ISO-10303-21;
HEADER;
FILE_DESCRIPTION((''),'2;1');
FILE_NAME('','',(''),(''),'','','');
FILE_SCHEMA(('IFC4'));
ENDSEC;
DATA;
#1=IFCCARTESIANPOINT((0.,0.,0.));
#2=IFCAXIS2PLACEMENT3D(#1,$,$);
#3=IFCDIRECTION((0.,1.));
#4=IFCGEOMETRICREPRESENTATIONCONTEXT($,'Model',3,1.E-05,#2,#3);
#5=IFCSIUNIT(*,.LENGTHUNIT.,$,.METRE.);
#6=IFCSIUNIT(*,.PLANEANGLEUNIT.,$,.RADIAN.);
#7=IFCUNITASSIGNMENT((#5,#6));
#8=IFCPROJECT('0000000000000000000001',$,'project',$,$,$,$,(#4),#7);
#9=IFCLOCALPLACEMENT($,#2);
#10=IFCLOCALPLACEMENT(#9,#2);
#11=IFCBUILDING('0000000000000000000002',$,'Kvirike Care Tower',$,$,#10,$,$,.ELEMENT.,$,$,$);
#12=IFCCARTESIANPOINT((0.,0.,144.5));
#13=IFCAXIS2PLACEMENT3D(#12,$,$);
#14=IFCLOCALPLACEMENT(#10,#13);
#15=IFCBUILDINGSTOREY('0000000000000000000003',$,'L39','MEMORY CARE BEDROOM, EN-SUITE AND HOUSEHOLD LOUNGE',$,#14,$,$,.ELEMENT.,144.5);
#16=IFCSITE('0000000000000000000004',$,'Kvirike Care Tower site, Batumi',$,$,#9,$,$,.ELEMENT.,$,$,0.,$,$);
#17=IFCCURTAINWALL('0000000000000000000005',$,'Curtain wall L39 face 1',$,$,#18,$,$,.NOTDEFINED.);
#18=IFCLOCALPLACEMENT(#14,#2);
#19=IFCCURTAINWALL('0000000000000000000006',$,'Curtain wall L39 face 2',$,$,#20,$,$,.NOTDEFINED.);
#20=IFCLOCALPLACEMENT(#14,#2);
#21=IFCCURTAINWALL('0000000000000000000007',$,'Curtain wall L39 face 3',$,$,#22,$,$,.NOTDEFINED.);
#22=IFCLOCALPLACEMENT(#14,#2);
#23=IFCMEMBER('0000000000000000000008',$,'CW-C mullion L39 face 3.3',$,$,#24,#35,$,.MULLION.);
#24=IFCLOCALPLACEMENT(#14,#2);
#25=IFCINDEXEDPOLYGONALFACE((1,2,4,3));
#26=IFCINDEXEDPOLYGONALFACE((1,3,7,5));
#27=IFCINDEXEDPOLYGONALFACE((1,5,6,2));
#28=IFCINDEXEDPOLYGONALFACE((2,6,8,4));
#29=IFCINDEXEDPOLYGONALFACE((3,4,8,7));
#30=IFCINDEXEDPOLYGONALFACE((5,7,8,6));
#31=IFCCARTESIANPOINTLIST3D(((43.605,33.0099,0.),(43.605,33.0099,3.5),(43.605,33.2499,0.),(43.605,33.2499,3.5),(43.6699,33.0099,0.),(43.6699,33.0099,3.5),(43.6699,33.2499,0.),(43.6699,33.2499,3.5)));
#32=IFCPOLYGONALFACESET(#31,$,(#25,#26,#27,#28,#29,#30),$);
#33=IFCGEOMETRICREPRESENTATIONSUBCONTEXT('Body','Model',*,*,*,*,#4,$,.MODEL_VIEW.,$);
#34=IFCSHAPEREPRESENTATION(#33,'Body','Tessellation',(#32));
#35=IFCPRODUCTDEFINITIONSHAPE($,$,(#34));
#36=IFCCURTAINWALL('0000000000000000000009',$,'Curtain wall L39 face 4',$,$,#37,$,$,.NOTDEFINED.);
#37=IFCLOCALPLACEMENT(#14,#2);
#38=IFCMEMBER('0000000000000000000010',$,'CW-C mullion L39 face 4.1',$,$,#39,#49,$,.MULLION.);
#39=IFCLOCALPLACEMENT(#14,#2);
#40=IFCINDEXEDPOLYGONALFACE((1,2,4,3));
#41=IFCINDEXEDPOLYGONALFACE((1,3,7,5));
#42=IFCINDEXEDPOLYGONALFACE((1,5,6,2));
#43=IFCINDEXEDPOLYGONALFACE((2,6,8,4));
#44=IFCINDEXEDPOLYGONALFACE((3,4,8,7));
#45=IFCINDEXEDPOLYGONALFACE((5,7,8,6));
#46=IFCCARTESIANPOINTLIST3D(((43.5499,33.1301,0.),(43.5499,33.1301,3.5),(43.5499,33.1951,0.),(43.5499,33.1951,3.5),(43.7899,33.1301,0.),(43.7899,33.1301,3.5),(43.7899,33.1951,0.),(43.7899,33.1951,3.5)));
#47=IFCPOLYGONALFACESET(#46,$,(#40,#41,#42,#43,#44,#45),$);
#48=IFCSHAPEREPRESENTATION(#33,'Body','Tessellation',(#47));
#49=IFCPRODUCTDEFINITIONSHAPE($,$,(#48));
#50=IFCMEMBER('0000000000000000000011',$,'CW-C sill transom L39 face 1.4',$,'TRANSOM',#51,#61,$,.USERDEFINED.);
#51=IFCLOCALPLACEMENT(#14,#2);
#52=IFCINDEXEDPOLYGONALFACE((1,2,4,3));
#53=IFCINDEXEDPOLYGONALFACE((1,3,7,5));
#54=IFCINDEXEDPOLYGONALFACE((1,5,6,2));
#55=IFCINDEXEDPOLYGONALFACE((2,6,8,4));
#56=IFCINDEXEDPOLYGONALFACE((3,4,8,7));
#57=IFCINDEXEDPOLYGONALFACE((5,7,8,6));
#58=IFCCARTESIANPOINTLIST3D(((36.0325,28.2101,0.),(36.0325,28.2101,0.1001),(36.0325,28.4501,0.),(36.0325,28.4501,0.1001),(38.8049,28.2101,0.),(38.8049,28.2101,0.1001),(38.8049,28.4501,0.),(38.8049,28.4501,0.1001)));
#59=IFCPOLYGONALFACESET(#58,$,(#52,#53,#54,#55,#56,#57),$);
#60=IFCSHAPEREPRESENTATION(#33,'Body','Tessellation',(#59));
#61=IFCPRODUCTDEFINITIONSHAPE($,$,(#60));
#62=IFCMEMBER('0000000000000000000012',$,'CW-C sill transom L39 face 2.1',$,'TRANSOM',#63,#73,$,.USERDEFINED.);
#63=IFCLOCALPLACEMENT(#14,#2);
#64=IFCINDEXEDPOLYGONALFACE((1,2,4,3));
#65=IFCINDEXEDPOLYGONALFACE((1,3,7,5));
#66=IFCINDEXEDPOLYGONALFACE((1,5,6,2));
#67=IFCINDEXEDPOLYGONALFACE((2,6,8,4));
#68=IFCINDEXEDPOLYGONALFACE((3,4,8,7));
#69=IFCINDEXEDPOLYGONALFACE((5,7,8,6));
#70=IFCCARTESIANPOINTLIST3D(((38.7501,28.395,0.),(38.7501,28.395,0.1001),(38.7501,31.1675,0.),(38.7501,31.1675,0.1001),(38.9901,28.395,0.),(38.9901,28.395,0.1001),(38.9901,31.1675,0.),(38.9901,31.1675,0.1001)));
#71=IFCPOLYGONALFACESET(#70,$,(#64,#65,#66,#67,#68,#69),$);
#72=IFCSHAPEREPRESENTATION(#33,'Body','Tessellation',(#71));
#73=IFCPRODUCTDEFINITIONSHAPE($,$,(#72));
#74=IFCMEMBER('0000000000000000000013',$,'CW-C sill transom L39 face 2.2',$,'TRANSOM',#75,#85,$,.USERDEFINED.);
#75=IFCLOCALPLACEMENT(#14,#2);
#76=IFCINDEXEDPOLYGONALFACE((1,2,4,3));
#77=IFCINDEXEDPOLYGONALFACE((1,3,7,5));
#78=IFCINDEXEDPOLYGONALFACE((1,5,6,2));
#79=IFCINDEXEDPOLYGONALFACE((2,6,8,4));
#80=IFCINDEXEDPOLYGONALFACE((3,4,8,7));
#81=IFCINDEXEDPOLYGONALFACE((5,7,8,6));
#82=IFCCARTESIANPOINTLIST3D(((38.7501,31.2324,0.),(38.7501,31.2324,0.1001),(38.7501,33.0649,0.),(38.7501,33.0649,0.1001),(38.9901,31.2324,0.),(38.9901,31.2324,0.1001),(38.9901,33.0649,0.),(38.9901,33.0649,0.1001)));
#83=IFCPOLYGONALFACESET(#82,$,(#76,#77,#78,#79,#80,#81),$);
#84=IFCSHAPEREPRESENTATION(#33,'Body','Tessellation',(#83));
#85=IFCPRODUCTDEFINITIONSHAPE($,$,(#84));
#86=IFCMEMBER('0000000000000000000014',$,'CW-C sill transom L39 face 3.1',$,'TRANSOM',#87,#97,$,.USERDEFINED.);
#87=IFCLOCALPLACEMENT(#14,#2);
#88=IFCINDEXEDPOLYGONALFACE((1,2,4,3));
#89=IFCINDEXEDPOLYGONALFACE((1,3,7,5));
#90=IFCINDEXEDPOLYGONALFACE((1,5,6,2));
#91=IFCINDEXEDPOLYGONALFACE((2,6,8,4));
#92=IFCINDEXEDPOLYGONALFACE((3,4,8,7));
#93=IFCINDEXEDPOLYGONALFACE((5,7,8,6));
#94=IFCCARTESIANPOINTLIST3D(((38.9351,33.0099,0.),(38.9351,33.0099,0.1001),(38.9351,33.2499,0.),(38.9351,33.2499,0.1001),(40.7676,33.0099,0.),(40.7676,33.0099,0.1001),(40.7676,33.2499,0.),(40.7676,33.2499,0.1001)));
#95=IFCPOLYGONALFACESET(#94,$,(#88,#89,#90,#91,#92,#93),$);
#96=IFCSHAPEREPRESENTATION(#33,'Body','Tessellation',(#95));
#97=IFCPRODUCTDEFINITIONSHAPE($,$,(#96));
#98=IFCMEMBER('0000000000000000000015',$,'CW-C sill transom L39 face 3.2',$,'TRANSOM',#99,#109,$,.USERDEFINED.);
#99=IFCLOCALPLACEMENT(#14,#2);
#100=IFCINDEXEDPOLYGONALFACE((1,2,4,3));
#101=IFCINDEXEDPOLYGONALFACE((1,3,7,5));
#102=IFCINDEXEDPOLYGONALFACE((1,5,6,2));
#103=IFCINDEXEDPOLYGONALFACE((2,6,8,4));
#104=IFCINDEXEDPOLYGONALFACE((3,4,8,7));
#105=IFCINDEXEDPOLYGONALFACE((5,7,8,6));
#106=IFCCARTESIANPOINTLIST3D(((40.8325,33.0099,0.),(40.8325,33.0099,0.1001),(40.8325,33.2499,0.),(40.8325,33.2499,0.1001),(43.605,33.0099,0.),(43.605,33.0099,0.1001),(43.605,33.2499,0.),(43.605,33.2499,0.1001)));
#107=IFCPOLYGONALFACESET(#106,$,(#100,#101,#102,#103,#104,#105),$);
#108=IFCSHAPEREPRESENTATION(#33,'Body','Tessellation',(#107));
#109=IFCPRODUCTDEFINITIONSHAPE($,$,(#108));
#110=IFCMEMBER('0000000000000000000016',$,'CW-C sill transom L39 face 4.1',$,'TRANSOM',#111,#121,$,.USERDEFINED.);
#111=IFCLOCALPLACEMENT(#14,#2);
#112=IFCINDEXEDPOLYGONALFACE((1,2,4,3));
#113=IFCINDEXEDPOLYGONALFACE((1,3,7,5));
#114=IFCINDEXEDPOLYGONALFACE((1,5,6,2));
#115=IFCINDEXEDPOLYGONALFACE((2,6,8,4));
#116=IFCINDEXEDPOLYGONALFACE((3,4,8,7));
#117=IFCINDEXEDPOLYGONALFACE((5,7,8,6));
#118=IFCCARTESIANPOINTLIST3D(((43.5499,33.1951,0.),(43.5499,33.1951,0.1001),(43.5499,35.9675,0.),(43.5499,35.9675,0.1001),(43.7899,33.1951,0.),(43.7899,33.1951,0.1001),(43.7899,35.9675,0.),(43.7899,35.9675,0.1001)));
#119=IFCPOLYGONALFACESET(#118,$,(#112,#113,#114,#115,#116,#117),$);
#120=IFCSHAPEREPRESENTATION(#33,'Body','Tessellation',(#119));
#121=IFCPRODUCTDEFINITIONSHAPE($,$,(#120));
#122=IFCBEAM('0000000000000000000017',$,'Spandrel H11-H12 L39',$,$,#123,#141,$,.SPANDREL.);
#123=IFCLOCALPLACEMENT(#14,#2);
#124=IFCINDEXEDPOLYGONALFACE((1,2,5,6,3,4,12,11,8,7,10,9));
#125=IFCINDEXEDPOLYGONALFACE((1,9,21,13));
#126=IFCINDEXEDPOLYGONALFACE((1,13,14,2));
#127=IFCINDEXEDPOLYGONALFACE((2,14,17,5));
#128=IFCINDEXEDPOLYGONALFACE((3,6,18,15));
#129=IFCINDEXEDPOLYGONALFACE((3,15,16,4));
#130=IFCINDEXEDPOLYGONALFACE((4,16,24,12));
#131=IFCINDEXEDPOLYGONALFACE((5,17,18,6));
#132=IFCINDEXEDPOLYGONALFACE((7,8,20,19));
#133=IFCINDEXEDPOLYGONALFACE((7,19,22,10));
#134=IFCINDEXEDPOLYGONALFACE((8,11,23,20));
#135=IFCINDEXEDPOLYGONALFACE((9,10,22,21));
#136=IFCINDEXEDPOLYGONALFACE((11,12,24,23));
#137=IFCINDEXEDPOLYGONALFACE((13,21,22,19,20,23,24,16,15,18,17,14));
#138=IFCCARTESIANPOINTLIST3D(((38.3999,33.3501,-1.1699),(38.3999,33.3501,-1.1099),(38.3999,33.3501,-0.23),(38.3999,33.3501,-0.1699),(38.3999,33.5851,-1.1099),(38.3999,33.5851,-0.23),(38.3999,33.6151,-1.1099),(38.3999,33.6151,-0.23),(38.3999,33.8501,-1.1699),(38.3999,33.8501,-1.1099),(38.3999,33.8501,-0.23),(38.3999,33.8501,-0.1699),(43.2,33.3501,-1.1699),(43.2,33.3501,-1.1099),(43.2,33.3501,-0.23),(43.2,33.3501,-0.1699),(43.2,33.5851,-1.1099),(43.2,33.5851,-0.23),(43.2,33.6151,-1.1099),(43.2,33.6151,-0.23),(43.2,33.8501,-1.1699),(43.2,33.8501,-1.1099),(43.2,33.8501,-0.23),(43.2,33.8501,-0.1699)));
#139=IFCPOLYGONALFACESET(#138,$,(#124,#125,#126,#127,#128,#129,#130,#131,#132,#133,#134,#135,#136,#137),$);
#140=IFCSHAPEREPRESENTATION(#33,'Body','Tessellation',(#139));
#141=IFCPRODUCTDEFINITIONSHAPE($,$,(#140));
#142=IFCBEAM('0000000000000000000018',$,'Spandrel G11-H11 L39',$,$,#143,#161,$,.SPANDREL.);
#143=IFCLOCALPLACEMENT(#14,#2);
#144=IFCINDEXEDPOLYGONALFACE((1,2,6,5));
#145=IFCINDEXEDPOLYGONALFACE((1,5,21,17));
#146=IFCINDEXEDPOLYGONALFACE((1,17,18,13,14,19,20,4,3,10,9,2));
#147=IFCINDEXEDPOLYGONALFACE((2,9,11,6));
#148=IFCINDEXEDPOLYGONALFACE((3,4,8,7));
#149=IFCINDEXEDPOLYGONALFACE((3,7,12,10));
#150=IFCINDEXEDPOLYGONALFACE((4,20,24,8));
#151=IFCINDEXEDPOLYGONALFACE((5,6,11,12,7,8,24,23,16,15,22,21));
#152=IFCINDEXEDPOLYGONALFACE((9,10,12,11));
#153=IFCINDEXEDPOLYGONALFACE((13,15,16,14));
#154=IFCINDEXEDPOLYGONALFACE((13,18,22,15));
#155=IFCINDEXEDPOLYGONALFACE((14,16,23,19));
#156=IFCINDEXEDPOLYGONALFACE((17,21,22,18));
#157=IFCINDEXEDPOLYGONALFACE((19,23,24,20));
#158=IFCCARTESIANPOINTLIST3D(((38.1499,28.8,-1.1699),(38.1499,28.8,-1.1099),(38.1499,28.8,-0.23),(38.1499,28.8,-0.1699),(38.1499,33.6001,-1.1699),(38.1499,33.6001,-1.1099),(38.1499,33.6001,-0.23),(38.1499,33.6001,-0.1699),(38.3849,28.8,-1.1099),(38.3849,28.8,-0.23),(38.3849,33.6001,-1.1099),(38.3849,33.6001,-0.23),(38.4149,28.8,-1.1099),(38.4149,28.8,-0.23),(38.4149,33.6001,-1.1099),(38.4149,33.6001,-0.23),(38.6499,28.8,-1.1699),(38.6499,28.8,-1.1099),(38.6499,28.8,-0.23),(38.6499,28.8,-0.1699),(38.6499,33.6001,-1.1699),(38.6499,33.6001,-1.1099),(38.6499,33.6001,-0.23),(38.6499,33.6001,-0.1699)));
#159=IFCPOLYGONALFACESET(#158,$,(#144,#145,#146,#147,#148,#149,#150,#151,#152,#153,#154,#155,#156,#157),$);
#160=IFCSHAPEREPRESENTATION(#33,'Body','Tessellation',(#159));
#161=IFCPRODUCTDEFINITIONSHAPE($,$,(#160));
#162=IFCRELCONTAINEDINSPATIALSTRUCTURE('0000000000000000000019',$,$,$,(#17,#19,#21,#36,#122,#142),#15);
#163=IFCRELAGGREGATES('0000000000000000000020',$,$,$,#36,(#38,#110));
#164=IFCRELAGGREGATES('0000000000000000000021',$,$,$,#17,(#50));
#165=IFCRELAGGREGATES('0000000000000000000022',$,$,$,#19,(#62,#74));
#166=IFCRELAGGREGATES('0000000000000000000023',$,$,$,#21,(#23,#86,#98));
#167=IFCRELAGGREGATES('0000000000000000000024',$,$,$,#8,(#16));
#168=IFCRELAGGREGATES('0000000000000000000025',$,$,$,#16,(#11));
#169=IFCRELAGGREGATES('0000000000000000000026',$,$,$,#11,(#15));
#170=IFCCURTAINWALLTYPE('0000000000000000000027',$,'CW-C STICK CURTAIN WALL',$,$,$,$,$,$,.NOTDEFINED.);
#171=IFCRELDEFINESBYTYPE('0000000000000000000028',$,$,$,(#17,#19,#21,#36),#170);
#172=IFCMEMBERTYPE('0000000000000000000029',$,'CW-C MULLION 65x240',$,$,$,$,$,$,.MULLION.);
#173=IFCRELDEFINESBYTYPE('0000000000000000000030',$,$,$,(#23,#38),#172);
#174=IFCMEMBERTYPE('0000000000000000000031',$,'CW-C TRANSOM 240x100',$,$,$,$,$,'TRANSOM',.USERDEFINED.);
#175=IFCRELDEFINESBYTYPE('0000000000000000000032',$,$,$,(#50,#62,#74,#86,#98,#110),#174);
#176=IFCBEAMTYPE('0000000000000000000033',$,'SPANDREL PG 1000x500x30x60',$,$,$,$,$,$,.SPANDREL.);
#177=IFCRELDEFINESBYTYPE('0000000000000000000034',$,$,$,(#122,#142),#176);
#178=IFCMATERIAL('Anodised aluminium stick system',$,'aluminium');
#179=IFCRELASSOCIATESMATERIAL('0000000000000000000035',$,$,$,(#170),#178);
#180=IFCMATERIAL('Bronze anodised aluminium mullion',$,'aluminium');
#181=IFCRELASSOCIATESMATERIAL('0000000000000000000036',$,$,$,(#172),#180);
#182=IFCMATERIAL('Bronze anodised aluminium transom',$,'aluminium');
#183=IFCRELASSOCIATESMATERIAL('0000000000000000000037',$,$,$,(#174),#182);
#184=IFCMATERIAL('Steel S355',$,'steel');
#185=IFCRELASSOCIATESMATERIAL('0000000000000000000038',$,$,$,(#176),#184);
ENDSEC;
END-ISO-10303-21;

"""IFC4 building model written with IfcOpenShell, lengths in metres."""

from ifc_helpers import new_model, si_unit, direction, frame, origin, origin_2d, place, context, subcontext, project, spatial, rectangle, i_section, extrude, material, material_profile, profile_set, type_object, element, aggregate, save


model = new_model("IFC4")

# Units and contexts
model_context = context("Model", 3, precision=1e-05, world=origin(), true_north=direction((0.0, 1.0)))
body_context = subcontext(model_context, "Body", "Model", "MODEL_VIEW")
ifc_project = project(units=[si_unit("LENGTHUNIT", "METRE"), si_unit("PLANEANGLEUNIT", "RADIAN")], contexts=[model_context])

# Site, building, storey
site_placement = place(None, origin())
site = spatial("IfcSite", under=ifc_project, at=site_placement, Name="Kvirike Care Tower site, Batumi", CompositionType="ELEMENT", RefElevation=0.0)
building_placement = place(site_placement, origin())
building = spatial("IfcBuilding", under=site, at=building_placement, Name="Kvirike Care Tower", CompositionType="ELEMENT")
storey_placement = place(building_placement, frame((0.0, 0.0, 144.5)))
storey = spatial("IfcBuildingStorey", under=building, at=storey_placement, Name="L39", Description="MEMORY CARE BEDROOM, EN-SUITE AND HOUSEHOLD LOUNGE", CompositionType="ELEMENT", Elevation=144.5)

# Curtain walls, member
ifc_material_1 = material(Name="Anodised aluminium stick system", Category="aluminium")
curtain_wall_type = type_object("IfcCurtainWallType", Name="CW-C STICK CURTAIN WALL", PredefinedType="NOTDEFINED", material=ifc_material_1)
curtain_wall_1_placement = place(storey_placement, origin())
curtain_wall_1 = element("IfcCurtainWall", 1, at=curtain_wall_1_placement, inside=storey, type_object=curtain_wall_type, Name="Curtain wall L39 face 1", PredefinedType="NOTDEFINED")
ifc_material_2 = material(Name="Bronze anodised aluminium mullion", Category="aluminium")
ifc_material_profile_1 = material_profile(ifc_material_2, rectangle(XDim=0.0649, YDim=0.24, at=origin_2d()), Name="CW-C MULLION 65x240")
ifc_profile_set_1 = profile_set([ifc_material_profile_1], Name="Bronze anodised aluminium mullion")
member_type_1 = type_object("IfcMemberType", Name="CW-C MULLION 65x240", PredefinedType="MULLION", material=ifc_profile_set_1)
curtain_wall_2_placement = place(storey_placement, origin())
curtain_wall_2 = element("IfcCurtainWall", 2, at=curtain_wall_2_placement, inside=storey, type_object=curtain_wall_type, Name="Curtain wall L39 face 2", PredefinedType="NOTDEFINED")
curtain_wall_3_placement = place(storey_placement, origin())
curtain_wall_3 = element("IfcCurtainWall", 3, at=curtain_wall_3_placement, inside=storey, type_object=curtain_wall_type, Name="Curtain wall L39 face 3", PredefinedType="NOTDEFINED")
member_1_placement = place(storey_placement, frame((43.6375, 33.1299, 0.0), z_axis=(0.0, 0.0, 1.0), x_axis=(1.0, 0.0, 0.0)))
member_1 = element("IfcMember", 4, at=member_1_placement, type_object=member_type_1, Name="CW-C mullion L39 face 3.3", PredefinedType="MULLION", context=body_context, shape_type="SweptSolid", body=[
    extrude(rectangle(XDim=0.0649, YDim=0.24, at=origin_2d()), origin(), (0.0, 0.0, 1.0), 3.5),
])

# Curtain wall, member
curtain_wall_4_placement = place(storey_placement, origin())
curtain_wall_4 = element("IfcCurtainWall", 5, at=curtain_wall_4_placement, inside=storey, type_object=curtain_wall_type, Name="Curtain wall L39 face 4", PredefinedType="NOTDEFINED")
member_2_placement = place(storey_placement, frame((43.6699, 33.1626, 0.0), z_axis=(0.0, 0.0, 1.0), x_axis=(0.0, 1.0, 0.0)))
member_2 = element("IfcMember", 6, at=member_2_placement, type_object=member_type_1, Name="CW-C mullion L39 face 4.1", PredefinedType="MULLION", context=body_context, shape_type="SweptSolid", body=[
    extrude(rectangle(XDim=0.0649, YDim=0.24, at=origin_2d()), origin(), (0.0, 0.0, 1.0), 3.5),
])

# Members
ifc_material_3 = material(Name="Bronze anodised aluminium transom", Category="aluminium")
ifc_material_profile_2 = material_profile(ifc_material_3, rectangle(XDim=0.24, YDim=0.1001, at=origin_2d()), Name="CW-C TRANSOM 240x100")
ifc_profile_set_2 = profile_set([ifc_material_profile_2], Name="Bronze anodised aluminium transom")
member_type_2 = type_object("IfcMemberType", Name="CW-C TRANSOM 240x100", ElementType="TRANSOM", PredefinedType="USERDEFINED", material=ifc_profile_set_2)
member_3_placement = place(storey_placement, frame((36.0325, 28.3301, 0.05), z_axis=(1.0, 0.0, 0.0), x_axis=(0.0, 1.0, 0.0)))
member_3 = element("IfcMember", 7, at=member_3_placement, type_object=member_type_2, Name="CW-C sill transom L39 face 1.4", ObjectType="TRANSOM", PredefinedType="USERDEFINED", context=body_context, shape_type="SweptSolid", body=[
    extrude(rectangle(XDim=0.24, YDim=0.1001, at=origin_2d()), origin(), (0.0, 0.0, 1.0), 2.7725),
])
member_4_placement = place(storey_placement, frame((38.8701, 28.395, 0.05), z_axis=(0.0, 1.0, 0.0), x_axis=(-1.0, 0.0, 0.0)))
member_4 = element("IfcMember", 8, at=member_4_placement, type_object=member_type_2, Name="CW-C sill transom L39 face 2.1", ObjectType="TRANSOM", PredefinedType="USERDEFINED", context=body_context, shape_type="SweptSolid", body=[
    extrude(rectangle(XDim=0.24, YDim=0.1001, at=origin_2d()), origin(), (0.0, 0.0, 1.0), 2.7725),
])
member_5_placement = place(storey_placement, frame((38.8701, 31.2324, 0.05), z_axis=(0.0, 1.0, 0.0), x_axis=(-1.0, 0.0, 0.0)))
member_5 = element("IfcMember", 9, at=member_5_placement, type_object=member_type_2, Name="CW-C sill transom L39 face 2.2", ObjectType="TRANSOM", PredefinedType="USERDEFINED", context=body_context, shape_type="SweptSolid", body=[
    extrude(rectangle(XDim=0.24, YDim=0.1001, at=origin_2d()), origin(), (0.0, 0.0, 1.0), 1.8325),
])
member_6_placement = place(storey_placement, frame((38.9351, 33.1299, 0.05), z_axis=(1.0, 0.0, 0.0), x_axis=(0.0, 1.0, 0.0)))
member_6 = element("IfcMember", 10, at=member_6_placement, type_object=member_type_2, Name="CW-C sill transom L39 face 3.1", ObjectType="TRANSOM", PredefinedType="USERDEFINED", context=body_context, shape_type="SweptSolid", body=[
    extrude(rectangle(XDim=0.24, YDim=0.1001, at=origin_2d()), origin(), (0.0, 0.0, 1.0), 1.8325),
])
member_7_placement = place(storey_placement, frame((40.8325, 33.1299, 0.05), z_axis=(1.0, 0.0, 0.0), x_axis=(0.0, 1.0, 0.0)))
member_7 = element("IfcMember", 11, at=member_7_placement, type_object=member_type_2, Name="CW-C sill transom L39 face 3.2", ObjectType="TRANSOM", PredefinedType="USERDEFINED", context=body_context, shape_type="SweptSolid", body=[
    extrude(rectangle(XDim=0.24, YDim=0.1001, at=origin_2d()), origin(), (0.0, 0.0, 1.0), 2.7725),
])
member_8_placement = place(storey_placement, frame((43.6699, 33.1951, 0.05), z_axis=(0.0, 1.0, 0.0), x_axis=(-1.0, 0.0, 0.0)))
member_8 = element("IfcMember", 12, at=member_8_placement, type_object=member_type_2, Name="CW-C sill transom L39 face 4.1", ObjectType="TRANSOM", PredefinedType="USERDEFINED", context=body_context, shape_type="SweptSolid", body=[
    extrude(rectangle(XDim=0.24, YDim=0.1001, at=origin_2d()), origin(), (0.0, 0.0, 1.0), 2.7725),
])
aggregate(curtain_wall_4, [member_2, member_8])

# Beams
ifc_material_4 = material(Name="Steel S355", Category="steel")
ifc_material_profile_3 = material_profile(ifc_material_4, i_section(OverallWidth=0.5, OverallDepth=1.0, WebThickness=0.03, FlangeThickness=0.0601, at=origin_2d()), Name="PG 1000x500x30x60")
ifc_profile_set_3 = profile_set([ifc_material_profile_3], Name="Steel S355")
beam_type_1 = type_object("IfcBeamType", Name="SPANDREL PG 1000x500x30x60", PredefinedType="SPANDREL", material=ifc_profile_set_3)
for number, where, z_axis, x_axis, name in (
    (13, (38.3999, 33.6001, -0.6699), (1.0, 0.0, 0.0), (0.0, 1.0, 0.0), "Spandrel H11-H12 L39"),
    (14, (38.3999, 28.8, -0.6699), (0.0, 1.0, 0.0), (-1.0, 0.0, 0.0), "Spandrel G11-H11 L39"),
):
    element("IfcBeam", number, at=place(storey_placement, frame(where, z_axis=z_axis, x_axis=x_axis)), inside=storey, type_object=beam_type_1, Name=name, PredefinedType="SPANDREL", context=body_context, shape_type="SweptSolid", body=[
        extrude(i_section(OverallWidth=0.5, OverallDepth=1.0, WebThickness=0.03, FlangeThickness=0.0601, at=origin_2d()), origin(), (0.0, 0.0, 1.0), 4.8),
    ])

aggregate(curtain_wall_1, [member_3])
aggregate(curtain_wall_2, [member_4, member_5])
aggregate(curtain_wall_3, [member_1, member_6, member_7])

save(model, "model.ifc")
